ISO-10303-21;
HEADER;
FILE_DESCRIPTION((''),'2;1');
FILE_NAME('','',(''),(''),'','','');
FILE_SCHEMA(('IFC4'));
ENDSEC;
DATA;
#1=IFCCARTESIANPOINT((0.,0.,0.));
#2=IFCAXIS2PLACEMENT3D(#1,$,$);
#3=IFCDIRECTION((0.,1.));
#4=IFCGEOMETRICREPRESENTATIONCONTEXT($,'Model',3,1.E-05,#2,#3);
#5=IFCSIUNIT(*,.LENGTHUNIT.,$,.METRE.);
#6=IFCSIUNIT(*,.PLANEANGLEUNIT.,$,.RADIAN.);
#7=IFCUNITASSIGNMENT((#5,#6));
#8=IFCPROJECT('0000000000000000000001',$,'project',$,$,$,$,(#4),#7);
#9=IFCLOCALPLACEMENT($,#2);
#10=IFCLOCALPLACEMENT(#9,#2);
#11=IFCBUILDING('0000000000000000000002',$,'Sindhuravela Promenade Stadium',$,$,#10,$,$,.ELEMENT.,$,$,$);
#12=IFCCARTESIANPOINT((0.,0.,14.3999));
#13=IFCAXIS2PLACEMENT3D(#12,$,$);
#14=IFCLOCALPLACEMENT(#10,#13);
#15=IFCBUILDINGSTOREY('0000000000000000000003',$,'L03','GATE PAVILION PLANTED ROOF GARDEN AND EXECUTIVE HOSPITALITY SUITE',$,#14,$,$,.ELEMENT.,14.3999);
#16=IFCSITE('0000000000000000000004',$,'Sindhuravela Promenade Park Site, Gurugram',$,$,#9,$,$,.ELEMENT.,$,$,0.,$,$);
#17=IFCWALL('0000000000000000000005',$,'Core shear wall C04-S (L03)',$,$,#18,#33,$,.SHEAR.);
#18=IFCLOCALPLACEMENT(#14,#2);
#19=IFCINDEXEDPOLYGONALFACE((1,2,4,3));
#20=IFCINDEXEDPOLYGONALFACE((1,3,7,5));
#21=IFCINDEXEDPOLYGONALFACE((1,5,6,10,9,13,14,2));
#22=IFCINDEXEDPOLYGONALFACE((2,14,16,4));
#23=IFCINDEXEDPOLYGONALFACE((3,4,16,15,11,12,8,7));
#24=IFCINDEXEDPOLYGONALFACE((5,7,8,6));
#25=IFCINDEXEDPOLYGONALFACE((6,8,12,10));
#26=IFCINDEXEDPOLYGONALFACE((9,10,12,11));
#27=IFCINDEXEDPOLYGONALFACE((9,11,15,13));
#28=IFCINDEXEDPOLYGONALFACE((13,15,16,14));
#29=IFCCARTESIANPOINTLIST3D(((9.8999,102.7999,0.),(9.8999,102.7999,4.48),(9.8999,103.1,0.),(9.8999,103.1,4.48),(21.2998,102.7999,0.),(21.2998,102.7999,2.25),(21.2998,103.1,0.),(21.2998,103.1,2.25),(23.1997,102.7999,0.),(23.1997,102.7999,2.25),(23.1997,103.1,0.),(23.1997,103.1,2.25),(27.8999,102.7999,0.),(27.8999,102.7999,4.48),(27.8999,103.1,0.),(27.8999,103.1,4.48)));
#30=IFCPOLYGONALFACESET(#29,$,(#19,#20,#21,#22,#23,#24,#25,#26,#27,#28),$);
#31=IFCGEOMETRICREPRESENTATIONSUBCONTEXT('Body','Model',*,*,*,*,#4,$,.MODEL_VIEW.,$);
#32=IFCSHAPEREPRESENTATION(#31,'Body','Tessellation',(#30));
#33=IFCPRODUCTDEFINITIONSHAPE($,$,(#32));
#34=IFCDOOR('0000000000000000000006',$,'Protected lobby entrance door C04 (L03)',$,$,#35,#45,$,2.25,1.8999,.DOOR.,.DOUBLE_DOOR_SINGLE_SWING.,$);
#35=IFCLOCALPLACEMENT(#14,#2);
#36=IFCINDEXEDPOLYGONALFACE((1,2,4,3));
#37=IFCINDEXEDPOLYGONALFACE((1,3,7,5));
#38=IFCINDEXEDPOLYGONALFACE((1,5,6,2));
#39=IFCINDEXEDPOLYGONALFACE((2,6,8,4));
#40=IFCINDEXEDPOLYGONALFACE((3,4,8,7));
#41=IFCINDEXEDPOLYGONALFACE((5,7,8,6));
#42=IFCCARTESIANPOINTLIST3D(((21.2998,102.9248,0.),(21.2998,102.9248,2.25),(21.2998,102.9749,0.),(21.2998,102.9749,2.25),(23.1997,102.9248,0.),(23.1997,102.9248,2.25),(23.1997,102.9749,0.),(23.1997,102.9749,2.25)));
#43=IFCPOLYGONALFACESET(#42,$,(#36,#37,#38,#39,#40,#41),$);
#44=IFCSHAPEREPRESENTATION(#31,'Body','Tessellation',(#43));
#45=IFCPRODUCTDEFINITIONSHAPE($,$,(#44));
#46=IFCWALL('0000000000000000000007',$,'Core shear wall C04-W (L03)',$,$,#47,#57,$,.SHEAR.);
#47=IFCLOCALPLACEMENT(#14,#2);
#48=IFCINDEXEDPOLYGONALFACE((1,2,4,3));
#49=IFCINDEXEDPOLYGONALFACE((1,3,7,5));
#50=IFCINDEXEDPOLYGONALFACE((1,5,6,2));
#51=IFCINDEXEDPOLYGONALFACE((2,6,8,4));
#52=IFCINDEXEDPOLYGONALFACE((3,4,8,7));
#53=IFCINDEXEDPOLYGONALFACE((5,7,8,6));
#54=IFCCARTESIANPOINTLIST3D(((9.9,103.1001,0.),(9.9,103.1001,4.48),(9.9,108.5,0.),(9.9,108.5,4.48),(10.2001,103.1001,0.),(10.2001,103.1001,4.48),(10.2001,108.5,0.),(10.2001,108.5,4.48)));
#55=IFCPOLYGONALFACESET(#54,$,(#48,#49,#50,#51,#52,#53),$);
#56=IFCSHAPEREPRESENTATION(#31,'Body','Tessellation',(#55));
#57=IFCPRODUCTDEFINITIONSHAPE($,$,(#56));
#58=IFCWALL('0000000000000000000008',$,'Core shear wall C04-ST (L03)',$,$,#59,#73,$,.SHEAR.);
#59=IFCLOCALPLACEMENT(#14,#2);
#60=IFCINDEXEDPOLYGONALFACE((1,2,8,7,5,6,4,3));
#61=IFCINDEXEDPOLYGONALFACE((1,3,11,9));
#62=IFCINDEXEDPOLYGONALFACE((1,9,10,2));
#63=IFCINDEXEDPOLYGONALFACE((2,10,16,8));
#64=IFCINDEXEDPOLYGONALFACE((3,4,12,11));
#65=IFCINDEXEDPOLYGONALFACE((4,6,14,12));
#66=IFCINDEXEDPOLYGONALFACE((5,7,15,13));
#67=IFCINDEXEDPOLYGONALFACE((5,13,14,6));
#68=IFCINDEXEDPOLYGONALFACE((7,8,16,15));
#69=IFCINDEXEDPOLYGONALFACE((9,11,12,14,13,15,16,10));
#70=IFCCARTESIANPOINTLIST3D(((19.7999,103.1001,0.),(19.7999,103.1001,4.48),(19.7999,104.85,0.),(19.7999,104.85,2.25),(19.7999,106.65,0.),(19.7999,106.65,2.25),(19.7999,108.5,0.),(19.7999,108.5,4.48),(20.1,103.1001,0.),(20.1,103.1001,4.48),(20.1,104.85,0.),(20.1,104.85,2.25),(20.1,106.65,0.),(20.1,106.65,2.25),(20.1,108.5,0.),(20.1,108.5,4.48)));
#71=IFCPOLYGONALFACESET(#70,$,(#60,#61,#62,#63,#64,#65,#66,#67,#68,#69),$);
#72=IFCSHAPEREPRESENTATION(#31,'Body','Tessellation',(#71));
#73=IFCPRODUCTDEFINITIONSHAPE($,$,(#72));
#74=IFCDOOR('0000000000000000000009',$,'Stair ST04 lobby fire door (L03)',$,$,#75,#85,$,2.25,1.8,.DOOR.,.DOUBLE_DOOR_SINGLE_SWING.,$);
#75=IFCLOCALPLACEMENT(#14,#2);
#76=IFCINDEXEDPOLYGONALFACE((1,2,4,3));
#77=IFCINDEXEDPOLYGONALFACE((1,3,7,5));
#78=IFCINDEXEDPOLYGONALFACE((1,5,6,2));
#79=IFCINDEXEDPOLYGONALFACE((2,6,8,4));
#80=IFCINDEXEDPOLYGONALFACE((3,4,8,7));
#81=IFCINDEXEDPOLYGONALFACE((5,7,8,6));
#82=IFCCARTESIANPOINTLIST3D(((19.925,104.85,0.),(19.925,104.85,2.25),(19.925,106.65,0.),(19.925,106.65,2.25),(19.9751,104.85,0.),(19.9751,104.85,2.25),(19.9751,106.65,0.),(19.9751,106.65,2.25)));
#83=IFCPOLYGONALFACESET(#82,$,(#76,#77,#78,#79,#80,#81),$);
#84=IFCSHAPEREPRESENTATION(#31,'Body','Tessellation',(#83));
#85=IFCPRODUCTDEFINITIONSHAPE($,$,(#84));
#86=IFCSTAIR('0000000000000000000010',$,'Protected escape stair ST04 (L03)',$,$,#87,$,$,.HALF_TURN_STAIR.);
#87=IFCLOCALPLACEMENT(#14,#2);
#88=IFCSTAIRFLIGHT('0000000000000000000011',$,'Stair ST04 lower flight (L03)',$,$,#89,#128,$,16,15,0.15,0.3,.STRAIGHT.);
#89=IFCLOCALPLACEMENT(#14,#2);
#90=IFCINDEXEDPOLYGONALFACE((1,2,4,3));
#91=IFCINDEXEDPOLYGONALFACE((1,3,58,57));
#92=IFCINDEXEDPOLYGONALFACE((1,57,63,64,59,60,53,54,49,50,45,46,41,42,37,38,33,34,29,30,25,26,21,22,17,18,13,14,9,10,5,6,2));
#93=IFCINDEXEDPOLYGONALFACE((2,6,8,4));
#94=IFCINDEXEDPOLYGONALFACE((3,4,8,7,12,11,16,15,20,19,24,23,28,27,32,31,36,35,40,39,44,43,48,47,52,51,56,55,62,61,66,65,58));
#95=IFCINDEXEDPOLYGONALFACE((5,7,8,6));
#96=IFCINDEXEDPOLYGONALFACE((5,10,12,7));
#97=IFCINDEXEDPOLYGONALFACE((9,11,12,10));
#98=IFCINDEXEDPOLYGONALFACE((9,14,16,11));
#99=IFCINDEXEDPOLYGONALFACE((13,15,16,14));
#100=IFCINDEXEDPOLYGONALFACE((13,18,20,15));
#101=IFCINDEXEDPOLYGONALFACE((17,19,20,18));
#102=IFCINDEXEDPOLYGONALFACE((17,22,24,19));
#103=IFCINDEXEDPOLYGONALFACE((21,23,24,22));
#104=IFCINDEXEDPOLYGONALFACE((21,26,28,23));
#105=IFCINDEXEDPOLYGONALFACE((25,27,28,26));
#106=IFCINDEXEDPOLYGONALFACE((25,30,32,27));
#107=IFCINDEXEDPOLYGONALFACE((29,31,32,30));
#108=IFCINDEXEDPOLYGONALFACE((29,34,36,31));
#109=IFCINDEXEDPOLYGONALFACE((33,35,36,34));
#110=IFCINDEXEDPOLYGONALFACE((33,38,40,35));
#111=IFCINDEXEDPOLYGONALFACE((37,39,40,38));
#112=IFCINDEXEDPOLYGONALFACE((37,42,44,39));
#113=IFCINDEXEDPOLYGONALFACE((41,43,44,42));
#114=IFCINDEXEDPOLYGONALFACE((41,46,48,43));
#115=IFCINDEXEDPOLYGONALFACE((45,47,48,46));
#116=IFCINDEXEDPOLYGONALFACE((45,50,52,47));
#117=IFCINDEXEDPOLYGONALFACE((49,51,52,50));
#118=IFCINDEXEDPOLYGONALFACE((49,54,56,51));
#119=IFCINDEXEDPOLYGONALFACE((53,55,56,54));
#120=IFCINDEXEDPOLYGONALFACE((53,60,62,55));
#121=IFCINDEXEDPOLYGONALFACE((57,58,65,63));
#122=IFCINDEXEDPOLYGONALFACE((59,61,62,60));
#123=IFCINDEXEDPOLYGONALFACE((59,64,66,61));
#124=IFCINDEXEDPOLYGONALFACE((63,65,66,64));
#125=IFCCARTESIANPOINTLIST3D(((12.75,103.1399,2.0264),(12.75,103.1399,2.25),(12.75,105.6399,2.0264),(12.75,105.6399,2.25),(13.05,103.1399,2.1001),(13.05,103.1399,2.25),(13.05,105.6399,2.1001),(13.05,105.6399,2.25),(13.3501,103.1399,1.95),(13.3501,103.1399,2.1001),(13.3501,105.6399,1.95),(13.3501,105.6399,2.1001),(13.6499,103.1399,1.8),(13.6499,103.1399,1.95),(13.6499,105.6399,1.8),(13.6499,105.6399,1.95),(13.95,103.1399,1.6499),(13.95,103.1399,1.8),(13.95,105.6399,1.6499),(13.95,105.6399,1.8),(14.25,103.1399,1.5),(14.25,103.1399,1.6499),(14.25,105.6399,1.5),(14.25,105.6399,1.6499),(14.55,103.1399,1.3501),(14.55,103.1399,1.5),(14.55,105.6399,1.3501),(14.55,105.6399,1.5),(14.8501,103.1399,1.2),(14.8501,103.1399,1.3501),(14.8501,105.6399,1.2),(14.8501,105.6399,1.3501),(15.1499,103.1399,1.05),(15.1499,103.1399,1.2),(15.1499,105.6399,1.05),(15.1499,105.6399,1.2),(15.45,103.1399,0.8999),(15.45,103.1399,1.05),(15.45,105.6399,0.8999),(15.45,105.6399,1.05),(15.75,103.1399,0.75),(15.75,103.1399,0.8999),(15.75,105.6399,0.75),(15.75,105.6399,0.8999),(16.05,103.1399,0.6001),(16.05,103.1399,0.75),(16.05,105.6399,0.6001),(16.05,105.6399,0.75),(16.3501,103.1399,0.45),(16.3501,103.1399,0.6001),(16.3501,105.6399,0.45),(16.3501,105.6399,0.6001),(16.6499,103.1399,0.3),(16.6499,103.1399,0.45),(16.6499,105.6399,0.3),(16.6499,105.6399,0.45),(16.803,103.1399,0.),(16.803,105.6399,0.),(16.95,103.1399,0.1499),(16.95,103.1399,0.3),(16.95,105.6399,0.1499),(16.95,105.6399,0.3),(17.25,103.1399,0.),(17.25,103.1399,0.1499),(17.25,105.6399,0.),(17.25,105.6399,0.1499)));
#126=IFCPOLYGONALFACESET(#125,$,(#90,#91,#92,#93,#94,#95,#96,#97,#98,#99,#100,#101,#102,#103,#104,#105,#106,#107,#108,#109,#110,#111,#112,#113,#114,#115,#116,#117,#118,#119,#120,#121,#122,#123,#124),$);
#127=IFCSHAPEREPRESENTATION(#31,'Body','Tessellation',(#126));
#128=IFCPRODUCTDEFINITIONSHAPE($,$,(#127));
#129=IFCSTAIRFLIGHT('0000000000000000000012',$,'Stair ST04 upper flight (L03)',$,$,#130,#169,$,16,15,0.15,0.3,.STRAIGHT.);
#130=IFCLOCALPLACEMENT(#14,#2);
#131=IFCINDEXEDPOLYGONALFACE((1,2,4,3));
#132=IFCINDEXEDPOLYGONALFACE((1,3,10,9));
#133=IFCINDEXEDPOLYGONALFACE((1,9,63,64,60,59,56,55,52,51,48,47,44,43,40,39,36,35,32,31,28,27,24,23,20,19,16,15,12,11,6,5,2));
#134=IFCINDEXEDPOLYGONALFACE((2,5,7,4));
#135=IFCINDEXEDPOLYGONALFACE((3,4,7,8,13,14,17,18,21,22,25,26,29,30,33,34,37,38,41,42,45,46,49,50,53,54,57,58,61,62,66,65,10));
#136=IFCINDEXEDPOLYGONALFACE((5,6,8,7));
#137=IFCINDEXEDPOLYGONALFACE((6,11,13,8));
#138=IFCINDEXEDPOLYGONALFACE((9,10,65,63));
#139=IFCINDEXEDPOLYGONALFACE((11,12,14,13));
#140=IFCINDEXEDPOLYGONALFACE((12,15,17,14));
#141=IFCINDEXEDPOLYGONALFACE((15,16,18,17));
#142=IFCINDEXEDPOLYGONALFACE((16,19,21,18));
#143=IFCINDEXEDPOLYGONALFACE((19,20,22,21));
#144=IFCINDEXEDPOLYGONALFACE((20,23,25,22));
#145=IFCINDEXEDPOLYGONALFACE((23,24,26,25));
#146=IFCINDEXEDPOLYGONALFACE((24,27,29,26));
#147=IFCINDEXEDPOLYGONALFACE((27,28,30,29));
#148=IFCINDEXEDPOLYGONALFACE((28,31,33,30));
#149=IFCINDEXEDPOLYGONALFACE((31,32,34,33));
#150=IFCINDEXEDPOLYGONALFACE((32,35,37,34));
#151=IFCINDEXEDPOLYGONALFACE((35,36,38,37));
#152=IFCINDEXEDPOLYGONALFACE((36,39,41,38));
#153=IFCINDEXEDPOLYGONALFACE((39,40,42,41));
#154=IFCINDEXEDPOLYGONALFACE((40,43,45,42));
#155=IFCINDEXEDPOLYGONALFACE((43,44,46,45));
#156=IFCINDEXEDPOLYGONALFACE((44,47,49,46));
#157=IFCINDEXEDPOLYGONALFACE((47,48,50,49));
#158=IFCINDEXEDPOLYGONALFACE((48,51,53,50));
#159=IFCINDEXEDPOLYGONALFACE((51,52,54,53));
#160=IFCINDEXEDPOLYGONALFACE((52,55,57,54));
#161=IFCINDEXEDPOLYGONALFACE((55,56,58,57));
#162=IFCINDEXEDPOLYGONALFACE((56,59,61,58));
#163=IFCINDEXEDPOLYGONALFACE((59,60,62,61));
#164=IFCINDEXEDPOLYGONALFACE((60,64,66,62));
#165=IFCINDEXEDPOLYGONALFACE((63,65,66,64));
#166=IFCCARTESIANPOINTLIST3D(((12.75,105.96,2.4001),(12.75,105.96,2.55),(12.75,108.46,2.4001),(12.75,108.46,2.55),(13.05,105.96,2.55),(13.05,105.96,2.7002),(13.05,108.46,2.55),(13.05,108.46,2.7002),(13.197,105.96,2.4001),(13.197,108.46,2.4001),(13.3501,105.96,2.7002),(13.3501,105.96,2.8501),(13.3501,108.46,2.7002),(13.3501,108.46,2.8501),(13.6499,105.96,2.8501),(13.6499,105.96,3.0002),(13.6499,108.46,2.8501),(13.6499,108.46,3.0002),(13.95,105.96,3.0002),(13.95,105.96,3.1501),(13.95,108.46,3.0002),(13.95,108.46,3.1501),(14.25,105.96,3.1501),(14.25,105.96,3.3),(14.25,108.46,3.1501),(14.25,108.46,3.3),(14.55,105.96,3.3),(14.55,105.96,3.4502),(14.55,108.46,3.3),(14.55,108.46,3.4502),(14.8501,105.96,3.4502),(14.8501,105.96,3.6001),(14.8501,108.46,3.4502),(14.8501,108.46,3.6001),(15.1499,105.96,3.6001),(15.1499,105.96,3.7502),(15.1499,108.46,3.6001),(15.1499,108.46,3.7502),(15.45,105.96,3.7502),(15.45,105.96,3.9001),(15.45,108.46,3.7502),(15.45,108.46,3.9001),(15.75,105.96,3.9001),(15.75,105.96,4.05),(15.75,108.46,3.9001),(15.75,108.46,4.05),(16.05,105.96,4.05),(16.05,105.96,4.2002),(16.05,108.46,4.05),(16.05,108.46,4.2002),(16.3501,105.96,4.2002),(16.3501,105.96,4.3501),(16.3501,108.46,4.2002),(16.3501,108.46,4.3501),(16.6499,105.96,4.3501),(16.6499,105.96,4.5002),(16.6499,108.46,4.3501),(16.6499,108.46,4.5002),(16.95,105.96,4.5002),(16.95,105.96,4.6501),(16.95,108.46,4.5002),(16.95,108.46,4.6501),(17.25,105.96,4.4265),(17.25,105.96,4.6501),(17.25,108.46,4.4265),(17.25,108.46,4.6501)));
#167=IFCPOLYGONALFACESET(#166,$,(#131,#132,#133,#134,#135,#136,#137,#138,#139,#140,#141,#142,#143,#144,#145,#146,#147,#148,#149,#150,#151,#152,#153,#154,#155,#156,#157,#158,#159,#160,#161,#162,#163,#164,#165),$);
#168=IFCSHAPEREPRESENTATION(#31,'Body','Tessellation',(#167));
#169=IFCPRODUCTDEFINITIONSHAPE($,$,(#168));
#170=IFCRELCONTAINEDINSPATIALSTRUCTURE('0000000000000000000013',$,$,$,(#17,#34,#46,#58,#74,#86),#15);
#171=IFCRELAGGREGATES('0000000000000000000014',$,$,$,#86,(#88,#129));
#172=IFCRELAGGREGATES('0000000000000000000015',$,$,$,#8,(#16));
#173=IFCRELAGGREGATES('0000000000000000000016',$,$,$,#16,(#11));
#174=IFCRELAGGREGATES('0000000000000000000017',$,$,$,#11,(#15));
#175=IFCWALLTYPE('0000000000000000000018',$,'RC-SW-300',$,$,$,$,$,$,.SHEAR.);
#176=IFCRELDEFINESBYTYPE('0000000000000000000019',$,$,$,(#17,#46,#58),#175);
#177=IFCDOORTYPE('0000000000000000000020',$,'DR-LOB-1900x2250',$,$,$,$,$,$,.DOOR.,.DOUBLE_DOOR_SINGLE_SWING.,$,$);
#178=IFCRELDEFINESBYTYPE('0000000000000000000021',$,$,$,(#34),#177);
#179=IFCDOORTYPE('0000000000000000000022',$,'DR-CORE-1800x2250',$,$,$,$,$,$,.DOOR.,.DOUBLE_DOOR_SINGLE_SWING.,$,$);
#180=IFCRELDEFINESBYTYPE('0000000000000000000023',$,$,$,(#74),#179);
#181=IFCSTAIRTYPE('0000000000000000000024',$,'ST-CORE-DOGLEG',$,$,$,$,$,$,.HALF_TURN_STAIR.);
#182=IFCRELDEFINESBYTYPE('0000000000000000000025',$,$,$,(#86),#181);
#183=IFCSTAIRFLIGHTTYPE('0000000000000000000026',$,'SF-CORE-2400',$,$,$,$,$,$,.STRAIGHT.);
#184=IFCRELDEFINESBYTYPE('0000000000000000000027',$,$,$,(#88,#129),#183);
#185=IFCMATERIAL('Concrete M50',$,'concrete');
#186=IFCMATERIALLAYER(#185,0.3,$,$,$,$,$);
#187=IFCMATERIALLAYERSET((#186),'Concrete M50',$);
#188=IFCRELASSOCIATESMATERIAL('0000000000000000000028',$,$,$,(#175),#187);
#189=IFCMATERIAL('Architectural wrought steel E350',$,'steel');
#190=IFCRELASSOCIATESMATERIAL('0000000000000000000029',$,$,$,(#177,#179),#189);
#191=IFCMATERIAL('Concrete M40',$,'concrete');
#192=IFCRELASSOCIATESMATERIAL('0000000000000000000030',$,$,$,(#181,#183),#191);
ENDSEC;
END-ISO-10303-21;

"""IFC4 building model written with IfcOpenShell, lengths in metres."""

from ifc_helpers import new_model, si_unit, direction, frame, frame_2d, origin, place, context, subcontext, project, spatial, polyline, rectangle, outline, extrude, material, layer, layer_set, type_object, element, fill, aggregate, save


model = new_model("IFC4")

# Units and contexts
model_context = context("Model", 3, precision=1e-05, world=origin(), true_north=direction((0.0, 1.0)))
body_context = subcontext(model_context, "Body", "Model", "MODEL_VIEW")
ifc_project = project(units=[si_unit("LENGTHUNIT", "METRE"), si_unit("PLANEANGLEUNIT", "RADIAN")], contexts=[model_context])

# Site, building, storey
site_placement = place(None, origin())
site = spatial("IfcSite", under=ifc_project, at=site_placement, Name="Sindhuravela Promenade Park Site, Gurugram", CompositionType="ELEMENT", RefElevation=0.0)
building_placement = place(site_placement, origin())
building = spatial("IfcBuilding", under=site, at=building_placement, Name="Sindhuravela Promenade Stadium", CompositionType="ELEMENT")
storey_placement = place(building_placement, frame((0.0, 0.0, 14.3999)))
storey = spatial("IfcBuildingStorey", under=building, at=storey_placement, Name="L03", Description="GATE PAVILION PLANTED ROOF GARDEN AND EXECUTIVE HOSPITALITY SUITE", CompositionType="ELEMENT", Elevation=14.3999)

# Shared definitions
ifc_material_1 = material(Name="Concrete M50", Category="concrete")
ifc_material_2 = material(Name="Concrete M40", Category="concrete")

# Wall, opening, door
ifc_layer_1 = layer(ifc_material_1, 0.3)
ifc_layer_set_1 = layer_set([ifc_layer_1], Name="Concrete M50")
wall_type_1 = type_object("IfcWallType", Name="RC-SW-300", PredefinedType="SHEAR", material=ifc_layer_set_1)
wall_1_placement = place(storey_placement, frame((9.8999, 102.95, 0.0), z_axis=(0.0, 0.0, 1.0), x_axis=(1.0, 0.0, 0.0)))
wall_1 = element("IfcWall", 1, at=wall_1_placement, inside=storey, type_object=wall_type_1, Name="Core shear wall C04-S (L03)", PredefinedType="SHEAR", context=body_context, shape_type="SweptSolid", body=[
    extrude(rectangle(XDim=18.0, YDim=0.3, at=frame_2d((9.0, 0.0))), origin(), (0.0, 0.0, 1.0), 4.48),
])
opening_1_placement = place(wall_1_placement, frame((11.3999, 0.0, 0.0)))
opening_1 = element("IfcOpeningElement", 2, at=opening_1_placement, cuts=wall_1, PredefinedType="OPENING", context=body_context, shape_type="SweptSolid", body=[
    extrude(rectangle(XDim=1.8999, YDim=2.25, at=frame_2d((0.95, 1.125))), frame((0.0, 0.1599, 0.0), z_axis=(0.0, -1.0, 0.0), x_axis=(1.0, 0.0, 0.0)), (0.0, 0.0, 1.0), 0.3201),
])
ifc_material_3 = material(Name="Architectural wrought steel E350", Category="steel")
door_type_1 = type_object("IfcDoorType", Name="DR-LOB-1900x2250", OperationType="DOUBLE_DOOR_SINGLE_SWING", PredefinedType="DOOR", material=ifc_material_3)
door_1_placement = place(opening_1_placement, origin())
door_1 = element("IfcDoor", 3, at=door_1_placement, inside=storey, type_object=door_type_1, Name="Protected lobby entrance door C04 (L03)", OperationType="DOUBLE_DOOR_SINGLE_SWING", OverallHeight=2.25, OverallWidth=1.8999, PredefinedType="DOOR", context=body_context, shape_type="SweptSolid", body=[
    extrude(rectangle(XDim=1.8999, YDim=2.25, at=frame_2d((0.95, 1.125))), frame((0.0, 0.0249, 0.0), z_axis=(0.0, -1.0, 0.0), x_axis=(1.0, 0.0, 0.0)), (0.0, 0.0, 1.0), 0.05),
])
fill(opening_1, door_1)

# Wall
wall_2_placement = place(storey_placement, frame((10.05, 108.5, 0.0), z_axis=(0.0, 0.0, 1.0), x_axis=(0.0, -1.0, 0.0)))
element("IfcWall", 4, at=wall_2_placement, inside=storey, type_object=wall_type_1, Name="Core shear wall C04-W (L03)", PredefinedType="SHEAR", context=body_context, shape_type="SweptSolid", body=[
    extrude(rectangle(XDim=5.3999, YDim=0.3, at=frame_2d((2.7, 0.0))), origin(), (0.0, 0.0, 1.0), 4.48),
])

# Wall, opening, door
wall_3_placement = place(storey_placement, frame((19.95, 103.1001, 0.0), z_axis=(0.0, 0.0, 1.0), x_axis=(0.0, 1.0, 0.0)))
wall_3 = element("IfcWall", 5, at=wall_3_placement, inside=storey, type_object=wall_type_1, Name="Core shear wall C04-ST (L03)", PredefinedType="SHEAR", context=body_context, shape_type="SweptSolid", body=[
    extrude(rectangle(XDim=5.3999, YDim=0.3, at=frame_2d((2.7, 0.0))), origin(), (0.0, 0.0, 1.0), 4.48),
])
opening_2_placement = place(wall_3_placement, frame((1.75, 0.0, 0.0)))
opening_2 = element("IfcOpeningElement", 6, at=opening_2_placement, cuts=wall_3, PredefinedType="OPENING", context=body_context, shape_type="SweptSolid", body=[
    extrude(rectangle(XDim=1.8, YDim=2.25, at=frame_2d((0.8999, 1.125))), frame((0.0, 0.1599, 0.0), z_axis=(0.0, -1.0, 0.0), x_axis=(1.0, 0.0, 0.0)), (0.0, 0.0, 1.0), 0.3201),
])
door_type_2 = type_object("IfcDoorType", Name="DR-CORE-1800x2250", OperationType="DOUBLE_DOOR_SINGLE_SWING", PredefinedType="DOOR", material=ifc_material_3)
door_2_placement = place(opening_2_placement, origin())
door_2 = element("IfcDoor", 7, at=door_2_placement, inside=storey, type_object=door_type_2, Name="Stair ST04 lobby fire door (L03)", OperationType="DOUBLE_DOOR_SINGLE_SWING", OverallHeight=2.25, OverallWidth=1.8, PredefinedType="DOOR", context=body_context, shape_type="SweptSolid", body=[
    extrude(rectangle(XDim=1.8, YDim=2.25, at=frame_2d((0.8999, 1.125))), frame((0.0, 0.0249, 0.0), z_axis=(0.0, -1.0, 0.0), x_axis=(1.0, 0.0, 0.0)), (0.0, 0.0, 1.0), 0.05),
])
fill(opening_2, door_2)

# Stair, stair flights
stair_type = type_object("IfcStairType", Name="ST-CORE-DOGLEG", PredefinedType="HALF_TURN_STAIR", material=ifc_material_2)
stair_placement = place(storey_placement, origin())
stair = element("IfcStair", 8, at=stair_placement, inside=storey, type_object=stair_type, Name="Protected escape stair ST04 (L03)", PredefinedType="HALF_TURN_STAIR")
stair_flight_type = type_object("IfcStairFlightType", Name="SF-CORE-2400", PredefinedType="STRAIGHT", material=ifc_material_2)
stair_flight_1_placement = place(storey_placement, frame((17.25, 104.3899, 0.0), z_axis=(0.0, 0.0, 1.0), x_axis=(-1.0, 0.0, 0.0)))
stair_flight_1 = element("IfcStairFlight", 9, at=stair_flight_1_placement, type_object=stair_flight_type, Name="Stair ST04 lower flight (L03)", NumberOfRisers=16, NumberOfTreads=15, PredefinedType="STRAIGHT", RiserHeight=0.15, TreadLength=0.3, context=body_context, shape_type="SweptSolid", body=[
    extrude(outline(polyline([(0.0, 0.0), (0.0, 0.1499), (0.3, 0.1499), (0.3, 0.3), (0.6001, 0.3), (0.6001, 0.45), (0.8999, 0.45), (0.8999, 0.6001), (1.2, 0.6001), (1.2, 0.75), (1.5, 0.75), (1.5, 0.8999), (1.8, 0.8999), (1.8, 1.05), (2.1001, 1.05), (2.1001, 1.2), (2.3999, 1.2), (2.3999, 1.3501), (2.7, 1.3501), (2.7, 1.5), (3.0, 1.5), (3.0, 1.6499), (3.3, 1.6499), (3.3, 1.8), (3.6001, 1.8), (3.6001, 1.95), (3.8999, 1.95), (3.8999, 2.1001), (4.2, 2.1001), (4.2, 2.25), (4.5, 2.25), (4.5, 2.3999), (4.5, 2.0264), (0.447, 0.0), (0.0, 0.0)])), frame((0.0, 1.25, 0.0), z_axis=(0.0, -1.0, 0.0), x_axis=(1.0, 0.0, 0.0)), (0.0, 0.0, 1.0), 2.5),
])
stair_flight_2_placement = place(storey_placement, frame((12.75, 107.21, 2.4001), z_axis=(0.0, 0.0, 1.0), x_axis=(1.0, 0.0, 0.0)))
stair_flight_2 = element("IfcStairFlight", 10, at=stair_flight_2_placement, type_object=stair_flight_type, Name="Stair ST04 upper flight (L03)", NumberOfRisers=16, NumberOfTreads=15, PredefinedType="STRAIGHT", RiserHeight=0.15, TreadLength=0.3, context=body_context, shape_type="SweptSolid", body=[
    extrude(outline(polyline([(0.0, 0.0), (0.0, 0.1499), (0.3, 0.1499), (0.3, 0.3), (0.6001, 0.3), (0.6001, 0.45), (0.8999, 0.45), (0.8999, 0.6001), (1.2, 0.6001), (1.2, 0.75), (1.5, 0.75), (1.5, 0.8999), (1.8, 0.8999), (1.8, 1.05), (2.1001, 1.05), (2.1001, 1.2), (2.3999, 1.2), (2.3999, 1.3501), (2.7, 1.3501), (2.7, 1.5), (3.0, 1.5), (3.0, 1.6499), (3.3, 1.6499), (3.3, 1.8), (3.6001, 1.8), (3.6001, 1.95), (3.8999, 1.95), (3.8999, 2.1001), (4.2, 2.1001), (4.2, 2.25), (4.5, 2.25), (4.5, 2.3999), (4.5, 2.0264), (0.447, 0.0), (0.0, 0.0)])), frame((0.0, 1.25, 0.0), z_axis=(0.0, -1.0, 0.0), x_axis=(1.0, 0.0, 0.0)), (0.0, 0.0, 1.0), 2.5),
])
aggregate(stair, [stair_flight_1, stair_flight_2])

save(model, "model.ifc")
